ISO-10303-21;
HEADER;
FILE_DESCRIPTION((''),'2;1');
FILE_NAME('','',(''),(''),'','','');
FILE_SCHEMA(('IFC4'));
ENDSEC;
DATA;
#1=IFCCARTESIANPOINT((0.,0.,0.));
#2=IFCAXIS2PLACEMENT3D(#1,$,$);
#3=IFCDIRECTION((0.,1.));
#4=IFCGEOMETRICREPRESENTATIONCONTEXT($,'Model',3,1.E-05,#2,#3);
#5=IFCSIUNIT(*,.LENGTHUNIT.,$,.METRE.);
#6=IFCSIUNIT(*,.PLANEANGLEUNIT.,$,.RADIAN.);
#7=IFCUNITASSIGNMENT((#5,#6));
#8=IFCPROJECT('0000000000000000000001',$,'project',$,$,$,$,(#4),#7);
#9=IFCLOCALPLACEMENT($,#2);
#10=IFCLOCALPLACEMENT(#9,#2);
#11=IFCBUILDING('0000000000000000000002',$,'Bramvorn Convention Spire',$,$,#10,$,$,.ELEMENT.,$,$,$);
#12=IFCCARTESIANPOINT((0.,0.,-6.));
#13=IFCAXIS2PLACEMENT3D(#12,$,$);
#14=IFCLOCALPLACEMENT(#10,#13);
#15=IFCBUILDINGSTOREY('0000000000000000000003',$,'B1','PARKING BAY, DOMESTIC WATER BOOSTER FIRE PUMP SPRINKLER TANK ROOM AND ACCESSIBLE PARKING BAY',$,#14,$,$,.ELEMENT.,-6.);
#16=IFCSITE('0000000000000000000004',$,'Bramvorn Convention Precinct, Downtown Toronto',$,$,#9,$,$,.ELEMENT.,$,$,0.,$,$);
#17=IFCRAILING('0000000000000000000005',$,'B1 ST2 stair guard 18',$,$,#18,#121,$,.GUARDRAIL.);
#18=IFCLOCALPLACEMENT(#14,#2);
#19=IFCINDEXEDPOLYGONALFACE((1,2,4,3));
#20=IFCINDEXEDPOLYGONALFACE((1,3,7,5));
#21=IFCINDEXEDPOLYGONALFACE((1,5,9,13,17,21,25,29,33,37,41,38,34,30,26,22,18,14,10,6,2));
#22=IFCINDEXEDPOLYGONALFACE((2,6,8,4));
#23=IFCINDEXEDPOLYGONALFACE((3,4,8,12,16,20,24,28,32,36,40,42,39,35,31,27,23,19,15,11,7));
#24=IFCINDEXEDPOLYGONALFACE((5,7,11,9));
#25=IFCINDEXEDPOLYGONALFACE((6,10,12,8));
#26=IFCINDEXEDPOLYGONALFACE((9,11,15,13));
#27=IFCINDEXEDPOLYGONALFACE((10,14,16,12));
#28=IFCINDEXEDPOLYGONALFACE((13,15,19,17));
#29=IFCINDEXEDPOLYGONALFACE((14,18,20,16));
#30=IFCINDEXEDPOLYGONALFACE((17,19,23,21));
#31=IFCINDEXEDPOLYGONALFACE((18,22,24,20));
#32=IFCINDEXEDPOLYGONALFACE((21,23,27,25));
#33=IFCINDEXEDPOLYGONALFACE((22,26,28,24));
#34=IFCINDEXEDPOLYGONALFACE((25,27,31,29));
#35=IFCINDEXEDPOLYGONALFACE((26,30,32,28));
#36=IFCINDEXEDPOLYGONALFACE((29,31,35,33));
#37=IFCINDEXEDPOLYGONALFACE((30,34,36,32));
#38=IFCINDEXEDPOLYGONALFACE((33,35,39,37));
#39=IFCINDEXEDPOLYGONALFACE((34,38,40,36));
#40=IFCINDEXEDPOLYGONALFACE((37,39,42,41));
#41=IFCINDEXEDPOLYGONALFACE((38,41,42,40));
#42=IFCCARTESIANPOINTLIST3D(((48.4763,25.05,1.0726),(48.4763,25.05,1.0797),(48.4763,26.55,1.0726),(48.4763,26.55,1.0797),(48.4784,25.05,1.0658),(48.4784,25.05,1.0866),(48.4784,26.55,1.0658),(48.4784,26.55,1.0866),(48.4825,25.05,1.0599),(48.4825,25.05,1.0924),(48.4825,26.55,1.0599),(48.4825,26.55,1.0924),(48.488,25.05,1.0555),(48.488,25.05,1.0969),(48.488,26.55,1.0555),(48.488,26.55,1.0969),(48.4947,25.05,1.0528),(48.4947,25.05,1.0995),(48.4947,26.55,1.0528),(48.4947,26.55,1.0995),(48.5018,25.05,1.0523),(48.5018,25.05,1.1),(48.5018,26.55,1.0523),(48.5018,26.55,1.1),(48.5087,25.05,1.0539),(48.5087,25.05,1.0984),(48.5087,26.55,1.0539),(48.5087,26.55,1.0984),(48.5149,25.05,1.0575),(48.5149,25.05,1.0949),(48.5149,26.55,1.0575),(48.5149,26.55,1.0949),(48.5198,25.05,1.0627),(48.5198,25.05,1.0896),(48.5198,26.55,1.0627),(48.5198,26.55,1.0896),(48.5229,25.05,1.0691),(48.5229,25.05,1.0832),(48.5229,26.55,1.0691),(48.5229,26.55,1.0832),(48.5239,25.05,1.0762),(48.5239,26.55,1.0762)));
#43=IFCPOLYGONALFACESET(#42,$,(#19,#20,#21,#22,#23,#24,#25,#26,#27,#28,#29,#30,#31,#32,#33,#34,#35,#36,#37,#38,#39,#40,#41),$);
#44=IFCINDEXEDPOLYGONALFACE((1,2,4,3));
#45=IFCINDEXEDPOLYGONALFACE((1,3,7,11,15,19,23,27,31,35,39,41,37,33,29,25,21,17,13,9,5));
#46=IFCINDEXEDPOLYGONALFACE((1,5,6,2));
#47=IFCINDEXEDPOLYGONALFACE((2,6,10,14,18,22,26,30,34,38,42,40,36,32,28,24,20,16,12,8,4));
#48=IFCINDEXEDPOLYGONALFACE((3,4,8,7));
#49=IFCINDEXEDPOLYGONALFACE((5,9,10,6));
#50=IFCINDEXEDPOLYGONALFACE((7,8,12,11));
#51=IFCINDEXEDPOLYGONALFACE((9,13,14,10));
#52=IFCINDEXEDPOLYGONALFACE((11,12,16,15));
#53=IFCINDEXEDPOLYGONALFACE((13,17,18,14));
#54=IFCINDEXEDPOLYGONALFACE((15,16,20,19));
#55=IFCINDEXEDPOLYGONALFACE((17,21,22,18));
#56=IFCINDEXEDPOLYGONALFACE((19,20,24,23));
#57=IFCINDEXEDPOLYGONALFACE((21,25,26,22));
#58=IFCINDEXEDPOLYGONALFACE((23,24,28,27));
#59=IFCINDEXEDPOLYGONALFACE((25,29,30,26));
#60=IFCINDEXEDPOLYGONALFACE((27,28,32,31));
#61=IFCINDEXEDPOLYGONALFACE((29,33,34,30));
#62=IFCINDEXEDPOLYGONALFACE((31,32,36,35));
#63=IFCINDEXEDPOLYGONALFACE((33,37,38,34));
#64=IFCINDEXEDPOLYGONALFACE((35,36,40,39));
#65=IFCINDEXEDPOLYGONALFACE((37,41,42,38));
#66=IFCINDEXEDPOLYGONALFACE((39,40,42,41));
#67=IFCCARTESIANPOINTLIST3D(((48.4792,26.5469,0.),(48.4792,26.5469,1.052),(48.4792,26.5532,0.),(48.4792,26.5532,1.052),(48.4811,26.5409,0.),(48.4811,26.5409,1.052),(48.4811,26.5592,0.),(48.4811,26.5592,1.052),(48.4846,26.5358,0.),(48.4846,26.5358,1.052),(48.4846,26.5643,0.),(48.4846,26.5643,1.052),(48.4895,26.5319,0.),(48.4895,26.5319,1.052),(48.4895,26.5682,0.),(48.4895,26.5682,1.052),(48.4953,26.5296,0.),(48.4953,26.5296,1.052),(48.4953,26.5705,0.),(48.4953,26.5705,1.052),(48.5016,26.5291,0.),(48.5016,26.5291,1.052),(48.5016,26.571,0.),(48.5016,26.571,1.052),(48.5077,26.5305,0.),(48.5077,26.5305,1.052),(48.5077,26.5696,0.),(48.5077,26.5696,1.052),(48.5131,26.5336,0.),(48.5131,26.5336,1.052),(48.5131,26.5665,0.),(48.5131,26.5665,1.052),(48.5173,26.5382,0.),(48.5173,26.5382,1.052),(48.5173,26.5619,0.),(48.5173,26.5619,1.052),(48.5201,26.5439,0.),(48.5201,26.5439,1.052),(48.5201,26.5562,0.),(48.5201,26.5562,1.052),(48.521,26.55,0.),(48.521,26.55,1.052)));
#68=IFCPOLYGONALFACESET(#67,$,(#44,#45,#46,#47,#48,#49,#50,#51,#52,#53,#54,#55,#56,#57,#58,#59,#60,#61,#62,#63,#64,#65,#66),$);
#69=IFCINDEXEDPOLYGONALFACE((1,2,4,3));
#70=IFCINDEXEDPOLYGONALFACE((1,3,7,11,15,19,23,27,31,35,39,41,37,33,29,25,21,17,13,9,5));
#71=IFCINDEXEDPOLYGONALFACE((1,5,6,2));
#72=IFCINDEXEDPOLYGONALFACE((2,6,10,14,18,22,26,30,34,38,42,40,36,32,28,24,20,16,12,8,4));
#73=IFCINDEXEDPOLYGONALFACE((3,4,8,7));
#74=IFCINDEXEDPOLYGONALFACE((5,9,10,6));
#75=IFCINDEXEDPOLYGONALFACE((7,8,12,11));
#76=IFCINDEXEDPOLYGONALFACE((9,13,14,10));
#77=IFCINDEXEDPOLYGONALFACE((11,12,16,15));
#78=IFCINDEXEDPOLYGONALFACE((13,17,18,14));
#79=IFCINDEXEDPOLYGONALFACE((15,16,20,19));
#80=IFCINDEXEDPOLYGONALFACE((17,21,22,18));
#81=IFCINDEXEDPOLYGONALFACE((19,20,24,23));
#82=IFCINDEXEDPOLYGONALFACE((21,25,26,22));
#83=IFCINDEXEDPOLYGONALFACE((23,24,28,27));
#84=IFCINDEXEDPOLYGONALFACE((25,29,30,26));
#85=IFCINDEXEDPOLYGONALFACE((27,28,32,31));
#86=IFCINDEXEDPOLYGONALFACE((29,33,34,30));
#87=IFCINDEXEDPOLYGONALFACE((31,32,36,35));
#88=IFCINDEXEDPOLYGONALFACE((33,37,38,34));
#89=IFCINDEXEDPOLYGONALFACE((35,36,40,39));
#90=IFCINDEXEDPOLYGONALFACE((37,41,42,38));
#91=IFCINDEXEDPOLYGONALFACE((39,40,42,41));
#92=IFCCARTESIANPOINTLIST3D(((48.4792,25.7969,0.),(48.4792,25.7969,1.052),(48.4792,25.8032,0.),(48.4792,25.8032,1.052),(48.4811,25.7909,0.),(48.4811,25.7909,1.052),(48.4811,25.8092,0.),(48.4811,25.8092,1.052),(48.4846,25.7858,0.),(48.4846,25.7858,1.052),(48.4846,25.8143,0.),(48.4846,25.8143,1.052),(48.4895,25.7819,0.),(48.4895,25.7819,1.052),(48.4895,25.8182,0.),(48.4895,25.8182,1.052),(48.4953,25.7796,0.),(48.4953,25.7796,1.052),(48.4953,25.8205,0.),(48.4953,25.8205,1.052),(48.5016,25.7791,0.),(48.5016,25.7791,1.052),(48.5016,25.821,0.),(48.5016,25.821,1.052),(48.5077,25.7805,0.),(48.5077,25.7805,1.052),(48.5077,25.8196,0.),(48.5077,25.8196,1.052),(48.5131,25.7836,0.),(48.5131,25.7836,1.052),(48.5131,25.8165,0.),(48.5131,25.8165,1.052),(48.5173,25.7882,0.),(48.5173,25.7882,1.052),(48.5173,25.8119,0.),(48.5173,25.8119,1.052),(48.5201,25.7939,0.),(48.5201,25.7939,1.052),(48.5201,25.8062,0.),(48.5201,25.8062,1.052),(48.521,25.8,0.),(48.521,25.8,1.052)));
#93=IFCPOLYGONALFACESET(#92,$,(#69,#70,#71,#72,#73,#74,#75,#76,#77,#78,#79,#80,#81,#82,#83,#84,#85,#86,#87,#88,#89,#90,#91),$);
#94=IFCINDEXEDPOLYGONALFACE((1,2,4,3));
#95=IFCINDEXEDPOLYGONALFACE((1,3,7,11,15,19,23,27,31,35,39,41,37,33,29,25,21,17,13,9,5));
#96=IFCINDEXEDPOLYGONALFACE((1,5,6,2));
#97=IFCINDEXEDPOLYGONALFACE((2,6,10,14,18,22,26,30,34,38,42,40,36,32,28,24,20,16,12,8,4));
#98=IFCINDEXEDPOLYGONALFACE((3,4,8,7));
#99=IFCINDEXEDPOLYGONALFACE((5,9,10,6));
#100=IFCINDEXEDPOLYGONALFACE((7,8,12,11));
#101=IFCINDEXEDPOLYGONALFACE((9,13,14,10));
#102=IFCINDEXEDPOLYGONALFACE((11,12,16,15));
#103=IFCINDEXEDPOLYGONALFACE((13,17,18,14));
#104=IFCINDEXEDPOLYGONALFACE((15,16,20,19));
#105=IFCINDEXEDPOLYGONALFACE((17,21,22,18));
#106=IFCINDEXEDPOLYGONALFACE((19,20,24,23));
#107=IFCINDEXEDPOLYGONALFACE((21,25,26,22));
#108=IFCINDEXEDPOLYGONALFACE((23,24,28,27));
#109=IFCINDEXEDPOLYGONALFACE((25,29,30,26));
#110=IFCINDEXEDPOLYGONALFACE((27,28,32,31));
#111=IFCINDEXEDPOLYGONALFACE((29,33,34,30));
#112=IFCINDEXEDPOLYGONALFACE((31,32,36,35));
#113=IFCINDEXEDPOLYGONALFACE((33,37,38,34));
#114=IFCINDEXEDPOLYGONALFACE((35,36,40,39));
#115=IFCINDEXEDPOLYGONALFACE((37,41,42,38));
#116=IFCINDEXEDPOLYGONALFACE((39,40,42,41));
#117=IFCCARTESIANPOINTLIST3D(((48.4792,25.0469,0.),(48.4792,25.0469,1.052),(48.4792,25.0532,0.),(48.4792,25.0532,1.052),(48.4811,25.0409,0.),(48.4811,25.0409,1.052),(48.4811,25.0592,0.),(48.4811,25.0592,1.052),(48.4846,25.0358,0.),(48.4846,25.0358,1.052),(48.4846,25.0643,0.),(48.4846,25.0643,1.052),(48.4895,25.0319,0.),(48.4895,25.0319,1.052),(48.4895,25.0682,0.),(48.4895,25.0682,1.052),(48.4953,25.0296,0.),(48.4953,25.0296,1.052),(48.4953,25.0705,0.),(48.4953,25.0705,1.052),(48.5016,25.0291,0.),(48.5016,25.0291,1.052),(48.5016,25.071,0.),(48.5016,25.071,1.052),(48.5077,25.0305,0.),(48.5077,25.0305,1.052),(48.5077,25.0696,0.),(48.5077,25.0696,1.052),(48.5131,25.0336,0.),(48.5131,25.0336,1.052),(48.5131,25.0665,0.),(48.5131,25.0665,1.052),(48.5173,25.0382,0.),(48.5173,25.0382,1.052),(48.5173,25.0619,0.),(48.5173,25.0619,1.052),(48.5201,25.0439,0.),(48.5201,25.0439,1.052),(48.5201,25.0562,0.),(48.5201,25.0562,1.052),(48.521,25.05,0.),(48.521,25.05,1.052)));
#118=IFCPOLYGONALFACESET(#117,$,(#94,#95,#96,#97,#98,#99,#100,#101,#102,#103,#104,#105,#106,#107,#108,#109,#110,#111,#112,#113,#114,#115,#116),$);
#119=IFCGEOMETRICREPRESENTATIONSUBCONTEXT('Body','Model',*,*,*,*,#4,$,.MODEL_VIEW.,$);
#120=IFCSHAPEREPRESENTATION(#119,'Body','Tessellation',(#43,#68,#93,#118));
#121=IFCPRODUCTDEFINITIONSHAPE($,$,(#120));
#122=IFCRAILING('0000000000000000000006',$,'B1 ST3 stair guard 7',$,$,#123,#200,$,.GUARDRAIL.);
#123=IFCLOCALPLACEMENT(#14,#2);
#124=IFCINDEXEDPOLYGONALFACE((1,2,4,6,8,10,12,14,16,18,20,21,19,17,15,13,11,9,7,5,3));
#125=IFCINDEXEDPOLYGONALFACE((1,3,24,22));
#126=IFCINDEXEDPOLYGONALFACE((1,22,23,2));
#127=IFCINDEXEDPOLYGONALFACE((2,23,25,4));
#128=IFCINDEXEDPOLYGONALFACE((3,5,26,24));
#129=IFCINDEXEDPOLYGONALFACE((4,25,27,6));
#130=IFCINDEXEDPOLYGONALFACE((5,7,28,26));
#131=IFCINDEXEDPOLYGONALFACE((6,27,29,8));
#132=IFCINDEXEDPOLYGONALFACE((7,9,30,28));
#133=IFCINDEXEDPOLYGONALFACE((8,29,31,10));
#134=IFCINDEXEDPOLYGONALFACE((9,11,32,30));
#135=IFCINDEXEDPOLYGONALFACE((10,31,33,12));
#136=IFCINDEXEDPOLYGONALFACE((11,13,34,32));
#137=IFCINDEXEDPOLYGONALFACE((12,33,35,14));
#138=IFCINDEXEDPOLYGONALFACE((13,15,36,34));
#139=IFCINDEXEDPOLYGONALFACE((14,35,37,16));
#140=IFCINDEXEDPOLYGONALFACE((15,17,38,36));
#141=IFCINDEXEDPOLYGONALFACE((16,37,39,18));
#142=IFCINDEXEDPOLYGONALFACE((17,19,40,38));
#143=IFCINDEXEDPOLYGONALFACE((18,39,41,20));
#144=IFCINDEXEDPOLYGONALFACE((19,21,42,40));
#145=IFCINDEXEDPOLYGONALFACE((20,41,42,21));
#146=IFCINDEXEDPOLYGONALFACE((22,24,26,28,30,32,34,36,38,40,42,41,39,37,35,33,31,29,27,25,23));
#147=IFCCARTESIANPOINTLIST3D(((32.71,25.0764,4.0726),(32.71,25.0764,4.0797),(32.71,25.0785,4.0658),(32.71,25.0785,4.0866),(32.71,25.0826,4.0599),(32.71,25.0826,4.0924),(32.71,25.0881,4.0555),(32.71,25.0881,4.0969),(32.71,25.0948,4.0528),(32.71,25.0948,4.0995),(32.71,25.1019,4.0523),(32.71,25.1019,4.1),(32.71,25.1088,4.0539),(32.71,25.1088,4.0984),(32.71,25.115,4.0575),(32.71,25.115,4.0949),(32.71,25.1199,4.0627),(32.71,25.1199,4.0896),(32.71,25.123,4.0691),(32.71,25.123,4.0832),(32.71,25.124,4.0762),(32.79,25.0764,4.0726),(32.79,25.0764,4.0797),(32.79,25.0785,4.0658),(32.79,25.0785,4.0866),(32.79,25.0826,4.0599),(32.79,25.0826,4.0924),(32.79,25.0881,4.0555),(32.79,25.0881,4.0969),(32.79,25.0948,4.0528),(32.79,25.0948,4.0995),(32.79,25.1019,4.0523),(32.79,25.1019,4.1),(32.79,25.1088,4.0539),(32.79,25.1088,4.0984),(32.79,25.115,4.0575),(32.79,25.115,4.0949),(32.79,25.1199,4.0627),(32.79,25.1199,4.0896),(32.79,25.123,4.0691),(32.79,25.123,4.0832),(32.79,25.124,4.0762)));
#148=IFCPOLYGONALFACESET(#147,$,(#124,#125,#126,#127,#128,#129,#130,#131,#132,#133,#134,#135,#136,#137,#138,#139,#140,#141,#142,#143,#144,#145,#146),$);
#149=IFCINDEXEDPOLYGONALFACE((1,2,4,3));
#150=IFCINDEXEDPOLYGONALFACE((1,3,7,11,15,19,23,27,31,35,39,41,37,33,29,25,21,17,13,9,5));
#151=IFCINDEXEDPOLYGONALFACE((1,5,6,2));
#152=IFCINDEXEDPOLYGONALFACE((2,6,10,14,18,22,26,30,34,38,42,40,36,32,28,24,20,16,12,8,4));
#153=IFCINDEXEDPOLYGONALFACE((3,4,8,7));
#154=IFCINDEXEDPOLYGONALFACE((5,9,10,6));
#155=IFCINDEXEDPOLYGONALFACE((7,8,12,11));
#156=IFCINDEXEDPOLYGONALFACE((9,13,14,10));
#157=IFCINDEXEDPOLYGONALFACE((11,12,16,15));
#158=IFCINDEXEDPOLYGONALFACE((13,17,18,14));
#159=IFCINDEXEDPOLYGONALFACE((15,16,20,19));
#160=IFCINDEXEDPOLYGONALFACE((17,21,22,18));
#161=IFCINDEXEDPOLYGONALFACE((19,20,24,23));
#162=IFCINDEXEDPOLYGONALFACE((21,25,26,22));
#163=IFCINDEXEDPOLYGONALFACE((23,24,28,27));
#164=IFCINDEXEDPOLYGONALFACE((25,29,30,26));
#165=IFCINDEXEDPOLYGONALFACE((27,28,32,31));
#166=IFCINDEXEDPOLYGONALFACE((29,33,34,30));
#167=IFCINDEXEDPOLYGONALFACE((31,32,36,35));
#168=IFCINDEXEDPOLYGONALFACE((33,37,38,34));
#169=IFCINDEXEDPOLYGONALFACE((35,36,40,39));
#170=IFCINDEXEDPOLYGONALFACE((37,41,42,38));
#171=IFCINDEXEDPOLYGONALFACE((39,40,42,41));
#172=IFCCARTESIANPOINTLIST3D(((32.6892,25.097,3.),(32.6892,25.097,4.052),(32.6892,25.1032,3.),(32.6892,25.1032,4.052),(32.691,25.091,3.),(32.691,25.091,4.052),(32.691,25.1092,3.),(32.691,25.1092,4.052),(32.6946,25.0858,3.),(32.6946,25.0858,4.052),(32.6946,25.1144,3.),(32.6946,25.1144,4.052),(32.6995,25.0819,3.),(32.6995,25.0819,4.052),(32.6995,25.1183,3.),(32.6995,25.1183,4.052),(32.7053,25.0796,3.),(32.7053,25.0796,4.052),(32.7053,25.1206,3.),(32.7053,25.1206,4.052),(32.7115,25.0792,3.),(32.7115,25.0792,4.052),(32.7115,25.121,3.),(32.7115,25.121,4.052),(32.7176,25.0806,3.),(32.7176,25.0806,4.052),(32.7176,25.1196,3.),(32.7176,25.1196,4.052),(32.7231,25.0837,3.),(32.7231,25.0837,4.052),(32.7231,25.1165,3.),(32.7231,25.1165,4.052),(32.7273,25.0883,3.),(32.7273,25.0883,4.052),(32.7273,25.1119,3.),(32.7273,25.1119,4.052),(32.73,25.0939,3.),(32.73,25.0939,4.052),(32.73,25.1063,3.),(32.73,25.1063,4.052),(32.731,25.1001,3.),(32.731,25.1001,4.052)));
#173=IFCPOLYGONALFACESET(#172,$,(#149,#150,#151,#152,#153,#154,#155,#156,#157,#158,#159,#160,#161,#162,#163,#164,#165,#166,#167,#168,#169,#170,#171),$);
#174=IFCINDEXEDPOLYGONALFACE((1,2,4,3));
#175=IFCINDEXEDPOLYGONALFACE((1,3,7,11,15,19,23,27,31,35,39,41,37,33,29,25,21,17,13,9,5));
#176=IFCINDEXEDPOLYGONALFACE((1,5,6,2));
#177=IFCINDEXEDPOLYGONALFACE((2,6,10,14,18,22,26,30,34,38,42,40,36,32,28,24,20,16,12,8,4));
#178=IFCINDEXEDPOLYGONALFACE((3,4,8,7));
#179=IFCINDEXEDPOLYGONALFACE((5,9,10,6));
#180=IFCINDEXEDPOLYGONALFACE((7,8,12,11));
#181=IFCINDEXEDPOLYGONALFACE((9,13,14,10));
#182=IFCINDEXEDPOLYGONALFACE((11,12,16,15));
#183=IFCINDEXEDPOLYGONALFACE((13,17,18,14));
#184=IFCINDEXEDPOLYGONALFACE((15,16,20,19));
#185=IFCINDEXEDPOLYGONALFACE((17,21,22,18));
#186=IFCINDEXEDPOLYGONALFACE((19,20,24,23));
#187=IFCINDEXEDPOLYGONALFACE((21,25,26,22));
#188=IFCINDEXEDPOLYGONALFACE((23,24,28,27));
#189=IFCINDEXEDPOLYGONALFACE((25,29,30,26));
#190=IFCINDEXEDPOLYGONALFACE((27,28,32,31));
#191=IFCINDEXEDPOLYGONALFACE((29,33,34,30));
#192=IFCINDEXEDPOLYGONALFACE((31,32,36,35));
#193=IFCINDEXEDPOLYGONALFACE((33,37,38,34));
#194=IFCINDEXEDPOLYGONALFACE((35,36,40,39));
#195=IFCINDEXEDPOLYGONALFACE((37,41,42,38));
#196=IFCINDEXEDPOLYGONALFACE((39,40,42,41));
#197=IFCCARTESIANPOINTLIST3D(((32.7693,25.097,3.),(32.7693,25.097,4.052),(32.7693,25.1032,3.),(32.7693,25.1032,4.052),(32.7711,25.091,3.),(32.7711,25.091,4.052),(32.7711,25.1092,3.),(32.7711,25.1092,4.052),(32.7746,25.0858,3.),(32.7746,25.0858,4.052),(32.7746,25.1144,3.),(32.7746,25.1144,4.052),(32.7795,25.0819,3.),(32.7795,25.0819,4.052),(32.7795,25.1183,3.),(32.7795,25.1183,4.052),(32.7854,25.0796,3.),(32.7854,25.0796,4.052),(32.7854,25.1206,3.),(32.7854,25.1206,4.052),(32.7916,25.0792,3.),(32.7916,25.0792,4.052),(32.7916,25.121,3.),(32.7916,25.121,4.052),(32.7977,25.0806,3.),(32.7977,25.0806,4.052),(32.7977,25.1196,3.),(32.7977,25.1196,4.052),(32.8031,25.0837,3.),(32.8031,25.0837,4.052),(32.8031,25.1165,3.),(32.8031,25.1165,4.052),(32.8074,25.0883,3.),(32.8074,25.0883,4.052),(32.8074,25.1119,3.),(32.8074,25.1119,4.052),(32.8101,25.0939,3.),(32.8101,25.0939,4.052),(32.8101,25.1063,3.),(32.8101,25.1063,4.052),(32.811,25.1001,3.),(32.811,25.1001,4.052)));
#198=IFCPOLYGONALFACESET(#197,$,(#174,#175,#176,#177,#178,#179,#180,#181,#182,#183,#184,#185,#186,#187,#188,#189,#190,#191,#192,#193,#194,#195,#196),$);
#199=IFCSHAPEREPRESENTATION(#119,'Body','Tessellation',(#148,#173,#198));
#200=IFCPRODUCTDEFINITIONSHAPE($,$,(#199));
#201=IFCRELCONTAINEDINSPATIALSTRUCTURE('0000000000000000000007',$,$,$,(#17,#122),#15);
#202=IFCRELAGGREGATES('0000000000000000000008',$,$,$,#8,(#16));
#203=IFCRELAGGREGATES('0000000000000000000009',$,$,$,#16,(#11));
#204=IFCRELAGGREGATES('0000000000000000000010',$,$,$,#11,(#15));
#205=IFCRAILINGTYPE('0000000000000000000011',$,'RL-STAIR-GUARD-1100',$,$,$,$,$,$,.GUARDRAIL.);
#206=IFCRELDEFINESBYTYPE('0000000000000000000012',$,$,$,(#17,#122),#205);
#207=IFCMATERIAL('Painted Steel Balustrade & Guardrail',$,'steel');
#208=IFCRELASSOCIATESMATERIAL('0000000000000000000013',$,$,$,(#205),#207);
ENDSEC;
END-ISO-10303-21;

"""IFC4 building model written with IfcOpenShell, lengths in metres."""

from ifc_helpers import new_model, si_unit, direction, frame, origin, origin_2d, place, context, subcontext, project, spatial, circle, extrude, material, type_object, element, save


model = new_model("IFC4")

# Units and contexts
model_context = context("Model", 3, precision=1e-05, world=origin(), true_north=direction((0.0, 1.0)))
body_context = subcontext(model_context, "Body", "Model", "MODEL_VIEW")
ifc_project = project(units=[si_unit("LENGTHUNIT", "METRE"), si_unit("PLANEANGLEUNIT", "RADIAN")], contexts=[model_context])

# Site, building, storey
site_placement = place(None, origin())
site = spatial("IfcSite", under=ifc_project, at=site_placement, Name="Bramvorn Convention Precinct, Downtown Toronto", CompositionType="ELEMENT", RefElevation=0.0)
building_placement = place(site_placement, origin())
building = spatial("IfcBuilding", under=site, at=building_placement, Name="Bramvorn Convention Spire", CompositionType="ELEMENT")
storey_placement = place(building_placement, frame((0.0, 0.0, -6.0)))
storey = spatial("IfcBuildingStorey", under=building, at=storey_placement, Name="B1", Description="PARKING BAY, DOMESTIC WATER BOOSTER FIRE PUMP SPRINKLER TANK ROOM AND ACCESSIBLE PARKING BAY", CompositionType="ELEMENT", Elevation=-6.0)

# Railings
ifc_material_1 = material(Name="Painted Steel Balustrade & Guardrail", Category="steel")
railing_type_1 = type_object("IfcRailingType", Name="RL-STAIR-GUARD-1100", PredefinedType="GUARDRAIL", material=ifc_material_1)
for number, where, name in (
    (1, (48.5, 26.55, 0.0), "B1 ST2 stair guard 18"),
):
    element("IfcRailing", number, at=place(storey_placement, frame(where)), inside=storey, type_object=railing_type_1, Name=name, PredefinedType="GUARDRAIL", context=body_context, shape_type="SweptSolid", body=[
        extrude(circle(Radius=0.0239, at=origin_2d()), frame((0.0, 0.0, 1.0762), z_axis=(0.0, -1.0, 0.0), x_axis=(1.0, 0.0, 0.0)), (0.0, 0.0, 1.0), 1.5),
        extrude(circle(Radius=0.021, at=origin_2d()), origin(), (0.0, 0.0, 1.0), 1.052),
        extrude(circle(Radius=0.021, at=origin_2d()), frame((0.0, -0.75, 0.0)), (0.0, 0.0, 1.0), 1.052),
        extrude(circle(Radius=0.021, at=origin_2d()), frame((0.0, -1.5, 0.0)), (0.0, 0.0, 1.0), 1.052),
    ])
railing_1_placement = place(storey_placement, frame((32.71, 25.1001, 3.0)))
element("IfcRailing", 2, at=railing_1_placement, inside=storey, type_object=railing_type_1, Name="B1 ST3 stair guard 7", PredefinedType="GUARDRAIL", context=body_context, shape_type="SweptSolid", body=[
    extrude(circle(Radius=0.0239, at=origin_2d()), frame((0.0, 0.0, 1.0762), z_axis=(1.0, 0.0, 0.0), x_axis=(0.0, 1.0, 0.0)), (0.0, 0.0, 1.0), 0.0801),
    extrude(circle(Radius=0.021, at=origin_2d()), origin(), (0.0, 0.0, 1.0), 1.052),
    extrude(circle(Radius=0.021, at=origin_2d()), frame((0.0801, 0.0, 0.0)), (0.0, 0.0, 1.0), 1.052),
])

save(model, "model.ifc")
